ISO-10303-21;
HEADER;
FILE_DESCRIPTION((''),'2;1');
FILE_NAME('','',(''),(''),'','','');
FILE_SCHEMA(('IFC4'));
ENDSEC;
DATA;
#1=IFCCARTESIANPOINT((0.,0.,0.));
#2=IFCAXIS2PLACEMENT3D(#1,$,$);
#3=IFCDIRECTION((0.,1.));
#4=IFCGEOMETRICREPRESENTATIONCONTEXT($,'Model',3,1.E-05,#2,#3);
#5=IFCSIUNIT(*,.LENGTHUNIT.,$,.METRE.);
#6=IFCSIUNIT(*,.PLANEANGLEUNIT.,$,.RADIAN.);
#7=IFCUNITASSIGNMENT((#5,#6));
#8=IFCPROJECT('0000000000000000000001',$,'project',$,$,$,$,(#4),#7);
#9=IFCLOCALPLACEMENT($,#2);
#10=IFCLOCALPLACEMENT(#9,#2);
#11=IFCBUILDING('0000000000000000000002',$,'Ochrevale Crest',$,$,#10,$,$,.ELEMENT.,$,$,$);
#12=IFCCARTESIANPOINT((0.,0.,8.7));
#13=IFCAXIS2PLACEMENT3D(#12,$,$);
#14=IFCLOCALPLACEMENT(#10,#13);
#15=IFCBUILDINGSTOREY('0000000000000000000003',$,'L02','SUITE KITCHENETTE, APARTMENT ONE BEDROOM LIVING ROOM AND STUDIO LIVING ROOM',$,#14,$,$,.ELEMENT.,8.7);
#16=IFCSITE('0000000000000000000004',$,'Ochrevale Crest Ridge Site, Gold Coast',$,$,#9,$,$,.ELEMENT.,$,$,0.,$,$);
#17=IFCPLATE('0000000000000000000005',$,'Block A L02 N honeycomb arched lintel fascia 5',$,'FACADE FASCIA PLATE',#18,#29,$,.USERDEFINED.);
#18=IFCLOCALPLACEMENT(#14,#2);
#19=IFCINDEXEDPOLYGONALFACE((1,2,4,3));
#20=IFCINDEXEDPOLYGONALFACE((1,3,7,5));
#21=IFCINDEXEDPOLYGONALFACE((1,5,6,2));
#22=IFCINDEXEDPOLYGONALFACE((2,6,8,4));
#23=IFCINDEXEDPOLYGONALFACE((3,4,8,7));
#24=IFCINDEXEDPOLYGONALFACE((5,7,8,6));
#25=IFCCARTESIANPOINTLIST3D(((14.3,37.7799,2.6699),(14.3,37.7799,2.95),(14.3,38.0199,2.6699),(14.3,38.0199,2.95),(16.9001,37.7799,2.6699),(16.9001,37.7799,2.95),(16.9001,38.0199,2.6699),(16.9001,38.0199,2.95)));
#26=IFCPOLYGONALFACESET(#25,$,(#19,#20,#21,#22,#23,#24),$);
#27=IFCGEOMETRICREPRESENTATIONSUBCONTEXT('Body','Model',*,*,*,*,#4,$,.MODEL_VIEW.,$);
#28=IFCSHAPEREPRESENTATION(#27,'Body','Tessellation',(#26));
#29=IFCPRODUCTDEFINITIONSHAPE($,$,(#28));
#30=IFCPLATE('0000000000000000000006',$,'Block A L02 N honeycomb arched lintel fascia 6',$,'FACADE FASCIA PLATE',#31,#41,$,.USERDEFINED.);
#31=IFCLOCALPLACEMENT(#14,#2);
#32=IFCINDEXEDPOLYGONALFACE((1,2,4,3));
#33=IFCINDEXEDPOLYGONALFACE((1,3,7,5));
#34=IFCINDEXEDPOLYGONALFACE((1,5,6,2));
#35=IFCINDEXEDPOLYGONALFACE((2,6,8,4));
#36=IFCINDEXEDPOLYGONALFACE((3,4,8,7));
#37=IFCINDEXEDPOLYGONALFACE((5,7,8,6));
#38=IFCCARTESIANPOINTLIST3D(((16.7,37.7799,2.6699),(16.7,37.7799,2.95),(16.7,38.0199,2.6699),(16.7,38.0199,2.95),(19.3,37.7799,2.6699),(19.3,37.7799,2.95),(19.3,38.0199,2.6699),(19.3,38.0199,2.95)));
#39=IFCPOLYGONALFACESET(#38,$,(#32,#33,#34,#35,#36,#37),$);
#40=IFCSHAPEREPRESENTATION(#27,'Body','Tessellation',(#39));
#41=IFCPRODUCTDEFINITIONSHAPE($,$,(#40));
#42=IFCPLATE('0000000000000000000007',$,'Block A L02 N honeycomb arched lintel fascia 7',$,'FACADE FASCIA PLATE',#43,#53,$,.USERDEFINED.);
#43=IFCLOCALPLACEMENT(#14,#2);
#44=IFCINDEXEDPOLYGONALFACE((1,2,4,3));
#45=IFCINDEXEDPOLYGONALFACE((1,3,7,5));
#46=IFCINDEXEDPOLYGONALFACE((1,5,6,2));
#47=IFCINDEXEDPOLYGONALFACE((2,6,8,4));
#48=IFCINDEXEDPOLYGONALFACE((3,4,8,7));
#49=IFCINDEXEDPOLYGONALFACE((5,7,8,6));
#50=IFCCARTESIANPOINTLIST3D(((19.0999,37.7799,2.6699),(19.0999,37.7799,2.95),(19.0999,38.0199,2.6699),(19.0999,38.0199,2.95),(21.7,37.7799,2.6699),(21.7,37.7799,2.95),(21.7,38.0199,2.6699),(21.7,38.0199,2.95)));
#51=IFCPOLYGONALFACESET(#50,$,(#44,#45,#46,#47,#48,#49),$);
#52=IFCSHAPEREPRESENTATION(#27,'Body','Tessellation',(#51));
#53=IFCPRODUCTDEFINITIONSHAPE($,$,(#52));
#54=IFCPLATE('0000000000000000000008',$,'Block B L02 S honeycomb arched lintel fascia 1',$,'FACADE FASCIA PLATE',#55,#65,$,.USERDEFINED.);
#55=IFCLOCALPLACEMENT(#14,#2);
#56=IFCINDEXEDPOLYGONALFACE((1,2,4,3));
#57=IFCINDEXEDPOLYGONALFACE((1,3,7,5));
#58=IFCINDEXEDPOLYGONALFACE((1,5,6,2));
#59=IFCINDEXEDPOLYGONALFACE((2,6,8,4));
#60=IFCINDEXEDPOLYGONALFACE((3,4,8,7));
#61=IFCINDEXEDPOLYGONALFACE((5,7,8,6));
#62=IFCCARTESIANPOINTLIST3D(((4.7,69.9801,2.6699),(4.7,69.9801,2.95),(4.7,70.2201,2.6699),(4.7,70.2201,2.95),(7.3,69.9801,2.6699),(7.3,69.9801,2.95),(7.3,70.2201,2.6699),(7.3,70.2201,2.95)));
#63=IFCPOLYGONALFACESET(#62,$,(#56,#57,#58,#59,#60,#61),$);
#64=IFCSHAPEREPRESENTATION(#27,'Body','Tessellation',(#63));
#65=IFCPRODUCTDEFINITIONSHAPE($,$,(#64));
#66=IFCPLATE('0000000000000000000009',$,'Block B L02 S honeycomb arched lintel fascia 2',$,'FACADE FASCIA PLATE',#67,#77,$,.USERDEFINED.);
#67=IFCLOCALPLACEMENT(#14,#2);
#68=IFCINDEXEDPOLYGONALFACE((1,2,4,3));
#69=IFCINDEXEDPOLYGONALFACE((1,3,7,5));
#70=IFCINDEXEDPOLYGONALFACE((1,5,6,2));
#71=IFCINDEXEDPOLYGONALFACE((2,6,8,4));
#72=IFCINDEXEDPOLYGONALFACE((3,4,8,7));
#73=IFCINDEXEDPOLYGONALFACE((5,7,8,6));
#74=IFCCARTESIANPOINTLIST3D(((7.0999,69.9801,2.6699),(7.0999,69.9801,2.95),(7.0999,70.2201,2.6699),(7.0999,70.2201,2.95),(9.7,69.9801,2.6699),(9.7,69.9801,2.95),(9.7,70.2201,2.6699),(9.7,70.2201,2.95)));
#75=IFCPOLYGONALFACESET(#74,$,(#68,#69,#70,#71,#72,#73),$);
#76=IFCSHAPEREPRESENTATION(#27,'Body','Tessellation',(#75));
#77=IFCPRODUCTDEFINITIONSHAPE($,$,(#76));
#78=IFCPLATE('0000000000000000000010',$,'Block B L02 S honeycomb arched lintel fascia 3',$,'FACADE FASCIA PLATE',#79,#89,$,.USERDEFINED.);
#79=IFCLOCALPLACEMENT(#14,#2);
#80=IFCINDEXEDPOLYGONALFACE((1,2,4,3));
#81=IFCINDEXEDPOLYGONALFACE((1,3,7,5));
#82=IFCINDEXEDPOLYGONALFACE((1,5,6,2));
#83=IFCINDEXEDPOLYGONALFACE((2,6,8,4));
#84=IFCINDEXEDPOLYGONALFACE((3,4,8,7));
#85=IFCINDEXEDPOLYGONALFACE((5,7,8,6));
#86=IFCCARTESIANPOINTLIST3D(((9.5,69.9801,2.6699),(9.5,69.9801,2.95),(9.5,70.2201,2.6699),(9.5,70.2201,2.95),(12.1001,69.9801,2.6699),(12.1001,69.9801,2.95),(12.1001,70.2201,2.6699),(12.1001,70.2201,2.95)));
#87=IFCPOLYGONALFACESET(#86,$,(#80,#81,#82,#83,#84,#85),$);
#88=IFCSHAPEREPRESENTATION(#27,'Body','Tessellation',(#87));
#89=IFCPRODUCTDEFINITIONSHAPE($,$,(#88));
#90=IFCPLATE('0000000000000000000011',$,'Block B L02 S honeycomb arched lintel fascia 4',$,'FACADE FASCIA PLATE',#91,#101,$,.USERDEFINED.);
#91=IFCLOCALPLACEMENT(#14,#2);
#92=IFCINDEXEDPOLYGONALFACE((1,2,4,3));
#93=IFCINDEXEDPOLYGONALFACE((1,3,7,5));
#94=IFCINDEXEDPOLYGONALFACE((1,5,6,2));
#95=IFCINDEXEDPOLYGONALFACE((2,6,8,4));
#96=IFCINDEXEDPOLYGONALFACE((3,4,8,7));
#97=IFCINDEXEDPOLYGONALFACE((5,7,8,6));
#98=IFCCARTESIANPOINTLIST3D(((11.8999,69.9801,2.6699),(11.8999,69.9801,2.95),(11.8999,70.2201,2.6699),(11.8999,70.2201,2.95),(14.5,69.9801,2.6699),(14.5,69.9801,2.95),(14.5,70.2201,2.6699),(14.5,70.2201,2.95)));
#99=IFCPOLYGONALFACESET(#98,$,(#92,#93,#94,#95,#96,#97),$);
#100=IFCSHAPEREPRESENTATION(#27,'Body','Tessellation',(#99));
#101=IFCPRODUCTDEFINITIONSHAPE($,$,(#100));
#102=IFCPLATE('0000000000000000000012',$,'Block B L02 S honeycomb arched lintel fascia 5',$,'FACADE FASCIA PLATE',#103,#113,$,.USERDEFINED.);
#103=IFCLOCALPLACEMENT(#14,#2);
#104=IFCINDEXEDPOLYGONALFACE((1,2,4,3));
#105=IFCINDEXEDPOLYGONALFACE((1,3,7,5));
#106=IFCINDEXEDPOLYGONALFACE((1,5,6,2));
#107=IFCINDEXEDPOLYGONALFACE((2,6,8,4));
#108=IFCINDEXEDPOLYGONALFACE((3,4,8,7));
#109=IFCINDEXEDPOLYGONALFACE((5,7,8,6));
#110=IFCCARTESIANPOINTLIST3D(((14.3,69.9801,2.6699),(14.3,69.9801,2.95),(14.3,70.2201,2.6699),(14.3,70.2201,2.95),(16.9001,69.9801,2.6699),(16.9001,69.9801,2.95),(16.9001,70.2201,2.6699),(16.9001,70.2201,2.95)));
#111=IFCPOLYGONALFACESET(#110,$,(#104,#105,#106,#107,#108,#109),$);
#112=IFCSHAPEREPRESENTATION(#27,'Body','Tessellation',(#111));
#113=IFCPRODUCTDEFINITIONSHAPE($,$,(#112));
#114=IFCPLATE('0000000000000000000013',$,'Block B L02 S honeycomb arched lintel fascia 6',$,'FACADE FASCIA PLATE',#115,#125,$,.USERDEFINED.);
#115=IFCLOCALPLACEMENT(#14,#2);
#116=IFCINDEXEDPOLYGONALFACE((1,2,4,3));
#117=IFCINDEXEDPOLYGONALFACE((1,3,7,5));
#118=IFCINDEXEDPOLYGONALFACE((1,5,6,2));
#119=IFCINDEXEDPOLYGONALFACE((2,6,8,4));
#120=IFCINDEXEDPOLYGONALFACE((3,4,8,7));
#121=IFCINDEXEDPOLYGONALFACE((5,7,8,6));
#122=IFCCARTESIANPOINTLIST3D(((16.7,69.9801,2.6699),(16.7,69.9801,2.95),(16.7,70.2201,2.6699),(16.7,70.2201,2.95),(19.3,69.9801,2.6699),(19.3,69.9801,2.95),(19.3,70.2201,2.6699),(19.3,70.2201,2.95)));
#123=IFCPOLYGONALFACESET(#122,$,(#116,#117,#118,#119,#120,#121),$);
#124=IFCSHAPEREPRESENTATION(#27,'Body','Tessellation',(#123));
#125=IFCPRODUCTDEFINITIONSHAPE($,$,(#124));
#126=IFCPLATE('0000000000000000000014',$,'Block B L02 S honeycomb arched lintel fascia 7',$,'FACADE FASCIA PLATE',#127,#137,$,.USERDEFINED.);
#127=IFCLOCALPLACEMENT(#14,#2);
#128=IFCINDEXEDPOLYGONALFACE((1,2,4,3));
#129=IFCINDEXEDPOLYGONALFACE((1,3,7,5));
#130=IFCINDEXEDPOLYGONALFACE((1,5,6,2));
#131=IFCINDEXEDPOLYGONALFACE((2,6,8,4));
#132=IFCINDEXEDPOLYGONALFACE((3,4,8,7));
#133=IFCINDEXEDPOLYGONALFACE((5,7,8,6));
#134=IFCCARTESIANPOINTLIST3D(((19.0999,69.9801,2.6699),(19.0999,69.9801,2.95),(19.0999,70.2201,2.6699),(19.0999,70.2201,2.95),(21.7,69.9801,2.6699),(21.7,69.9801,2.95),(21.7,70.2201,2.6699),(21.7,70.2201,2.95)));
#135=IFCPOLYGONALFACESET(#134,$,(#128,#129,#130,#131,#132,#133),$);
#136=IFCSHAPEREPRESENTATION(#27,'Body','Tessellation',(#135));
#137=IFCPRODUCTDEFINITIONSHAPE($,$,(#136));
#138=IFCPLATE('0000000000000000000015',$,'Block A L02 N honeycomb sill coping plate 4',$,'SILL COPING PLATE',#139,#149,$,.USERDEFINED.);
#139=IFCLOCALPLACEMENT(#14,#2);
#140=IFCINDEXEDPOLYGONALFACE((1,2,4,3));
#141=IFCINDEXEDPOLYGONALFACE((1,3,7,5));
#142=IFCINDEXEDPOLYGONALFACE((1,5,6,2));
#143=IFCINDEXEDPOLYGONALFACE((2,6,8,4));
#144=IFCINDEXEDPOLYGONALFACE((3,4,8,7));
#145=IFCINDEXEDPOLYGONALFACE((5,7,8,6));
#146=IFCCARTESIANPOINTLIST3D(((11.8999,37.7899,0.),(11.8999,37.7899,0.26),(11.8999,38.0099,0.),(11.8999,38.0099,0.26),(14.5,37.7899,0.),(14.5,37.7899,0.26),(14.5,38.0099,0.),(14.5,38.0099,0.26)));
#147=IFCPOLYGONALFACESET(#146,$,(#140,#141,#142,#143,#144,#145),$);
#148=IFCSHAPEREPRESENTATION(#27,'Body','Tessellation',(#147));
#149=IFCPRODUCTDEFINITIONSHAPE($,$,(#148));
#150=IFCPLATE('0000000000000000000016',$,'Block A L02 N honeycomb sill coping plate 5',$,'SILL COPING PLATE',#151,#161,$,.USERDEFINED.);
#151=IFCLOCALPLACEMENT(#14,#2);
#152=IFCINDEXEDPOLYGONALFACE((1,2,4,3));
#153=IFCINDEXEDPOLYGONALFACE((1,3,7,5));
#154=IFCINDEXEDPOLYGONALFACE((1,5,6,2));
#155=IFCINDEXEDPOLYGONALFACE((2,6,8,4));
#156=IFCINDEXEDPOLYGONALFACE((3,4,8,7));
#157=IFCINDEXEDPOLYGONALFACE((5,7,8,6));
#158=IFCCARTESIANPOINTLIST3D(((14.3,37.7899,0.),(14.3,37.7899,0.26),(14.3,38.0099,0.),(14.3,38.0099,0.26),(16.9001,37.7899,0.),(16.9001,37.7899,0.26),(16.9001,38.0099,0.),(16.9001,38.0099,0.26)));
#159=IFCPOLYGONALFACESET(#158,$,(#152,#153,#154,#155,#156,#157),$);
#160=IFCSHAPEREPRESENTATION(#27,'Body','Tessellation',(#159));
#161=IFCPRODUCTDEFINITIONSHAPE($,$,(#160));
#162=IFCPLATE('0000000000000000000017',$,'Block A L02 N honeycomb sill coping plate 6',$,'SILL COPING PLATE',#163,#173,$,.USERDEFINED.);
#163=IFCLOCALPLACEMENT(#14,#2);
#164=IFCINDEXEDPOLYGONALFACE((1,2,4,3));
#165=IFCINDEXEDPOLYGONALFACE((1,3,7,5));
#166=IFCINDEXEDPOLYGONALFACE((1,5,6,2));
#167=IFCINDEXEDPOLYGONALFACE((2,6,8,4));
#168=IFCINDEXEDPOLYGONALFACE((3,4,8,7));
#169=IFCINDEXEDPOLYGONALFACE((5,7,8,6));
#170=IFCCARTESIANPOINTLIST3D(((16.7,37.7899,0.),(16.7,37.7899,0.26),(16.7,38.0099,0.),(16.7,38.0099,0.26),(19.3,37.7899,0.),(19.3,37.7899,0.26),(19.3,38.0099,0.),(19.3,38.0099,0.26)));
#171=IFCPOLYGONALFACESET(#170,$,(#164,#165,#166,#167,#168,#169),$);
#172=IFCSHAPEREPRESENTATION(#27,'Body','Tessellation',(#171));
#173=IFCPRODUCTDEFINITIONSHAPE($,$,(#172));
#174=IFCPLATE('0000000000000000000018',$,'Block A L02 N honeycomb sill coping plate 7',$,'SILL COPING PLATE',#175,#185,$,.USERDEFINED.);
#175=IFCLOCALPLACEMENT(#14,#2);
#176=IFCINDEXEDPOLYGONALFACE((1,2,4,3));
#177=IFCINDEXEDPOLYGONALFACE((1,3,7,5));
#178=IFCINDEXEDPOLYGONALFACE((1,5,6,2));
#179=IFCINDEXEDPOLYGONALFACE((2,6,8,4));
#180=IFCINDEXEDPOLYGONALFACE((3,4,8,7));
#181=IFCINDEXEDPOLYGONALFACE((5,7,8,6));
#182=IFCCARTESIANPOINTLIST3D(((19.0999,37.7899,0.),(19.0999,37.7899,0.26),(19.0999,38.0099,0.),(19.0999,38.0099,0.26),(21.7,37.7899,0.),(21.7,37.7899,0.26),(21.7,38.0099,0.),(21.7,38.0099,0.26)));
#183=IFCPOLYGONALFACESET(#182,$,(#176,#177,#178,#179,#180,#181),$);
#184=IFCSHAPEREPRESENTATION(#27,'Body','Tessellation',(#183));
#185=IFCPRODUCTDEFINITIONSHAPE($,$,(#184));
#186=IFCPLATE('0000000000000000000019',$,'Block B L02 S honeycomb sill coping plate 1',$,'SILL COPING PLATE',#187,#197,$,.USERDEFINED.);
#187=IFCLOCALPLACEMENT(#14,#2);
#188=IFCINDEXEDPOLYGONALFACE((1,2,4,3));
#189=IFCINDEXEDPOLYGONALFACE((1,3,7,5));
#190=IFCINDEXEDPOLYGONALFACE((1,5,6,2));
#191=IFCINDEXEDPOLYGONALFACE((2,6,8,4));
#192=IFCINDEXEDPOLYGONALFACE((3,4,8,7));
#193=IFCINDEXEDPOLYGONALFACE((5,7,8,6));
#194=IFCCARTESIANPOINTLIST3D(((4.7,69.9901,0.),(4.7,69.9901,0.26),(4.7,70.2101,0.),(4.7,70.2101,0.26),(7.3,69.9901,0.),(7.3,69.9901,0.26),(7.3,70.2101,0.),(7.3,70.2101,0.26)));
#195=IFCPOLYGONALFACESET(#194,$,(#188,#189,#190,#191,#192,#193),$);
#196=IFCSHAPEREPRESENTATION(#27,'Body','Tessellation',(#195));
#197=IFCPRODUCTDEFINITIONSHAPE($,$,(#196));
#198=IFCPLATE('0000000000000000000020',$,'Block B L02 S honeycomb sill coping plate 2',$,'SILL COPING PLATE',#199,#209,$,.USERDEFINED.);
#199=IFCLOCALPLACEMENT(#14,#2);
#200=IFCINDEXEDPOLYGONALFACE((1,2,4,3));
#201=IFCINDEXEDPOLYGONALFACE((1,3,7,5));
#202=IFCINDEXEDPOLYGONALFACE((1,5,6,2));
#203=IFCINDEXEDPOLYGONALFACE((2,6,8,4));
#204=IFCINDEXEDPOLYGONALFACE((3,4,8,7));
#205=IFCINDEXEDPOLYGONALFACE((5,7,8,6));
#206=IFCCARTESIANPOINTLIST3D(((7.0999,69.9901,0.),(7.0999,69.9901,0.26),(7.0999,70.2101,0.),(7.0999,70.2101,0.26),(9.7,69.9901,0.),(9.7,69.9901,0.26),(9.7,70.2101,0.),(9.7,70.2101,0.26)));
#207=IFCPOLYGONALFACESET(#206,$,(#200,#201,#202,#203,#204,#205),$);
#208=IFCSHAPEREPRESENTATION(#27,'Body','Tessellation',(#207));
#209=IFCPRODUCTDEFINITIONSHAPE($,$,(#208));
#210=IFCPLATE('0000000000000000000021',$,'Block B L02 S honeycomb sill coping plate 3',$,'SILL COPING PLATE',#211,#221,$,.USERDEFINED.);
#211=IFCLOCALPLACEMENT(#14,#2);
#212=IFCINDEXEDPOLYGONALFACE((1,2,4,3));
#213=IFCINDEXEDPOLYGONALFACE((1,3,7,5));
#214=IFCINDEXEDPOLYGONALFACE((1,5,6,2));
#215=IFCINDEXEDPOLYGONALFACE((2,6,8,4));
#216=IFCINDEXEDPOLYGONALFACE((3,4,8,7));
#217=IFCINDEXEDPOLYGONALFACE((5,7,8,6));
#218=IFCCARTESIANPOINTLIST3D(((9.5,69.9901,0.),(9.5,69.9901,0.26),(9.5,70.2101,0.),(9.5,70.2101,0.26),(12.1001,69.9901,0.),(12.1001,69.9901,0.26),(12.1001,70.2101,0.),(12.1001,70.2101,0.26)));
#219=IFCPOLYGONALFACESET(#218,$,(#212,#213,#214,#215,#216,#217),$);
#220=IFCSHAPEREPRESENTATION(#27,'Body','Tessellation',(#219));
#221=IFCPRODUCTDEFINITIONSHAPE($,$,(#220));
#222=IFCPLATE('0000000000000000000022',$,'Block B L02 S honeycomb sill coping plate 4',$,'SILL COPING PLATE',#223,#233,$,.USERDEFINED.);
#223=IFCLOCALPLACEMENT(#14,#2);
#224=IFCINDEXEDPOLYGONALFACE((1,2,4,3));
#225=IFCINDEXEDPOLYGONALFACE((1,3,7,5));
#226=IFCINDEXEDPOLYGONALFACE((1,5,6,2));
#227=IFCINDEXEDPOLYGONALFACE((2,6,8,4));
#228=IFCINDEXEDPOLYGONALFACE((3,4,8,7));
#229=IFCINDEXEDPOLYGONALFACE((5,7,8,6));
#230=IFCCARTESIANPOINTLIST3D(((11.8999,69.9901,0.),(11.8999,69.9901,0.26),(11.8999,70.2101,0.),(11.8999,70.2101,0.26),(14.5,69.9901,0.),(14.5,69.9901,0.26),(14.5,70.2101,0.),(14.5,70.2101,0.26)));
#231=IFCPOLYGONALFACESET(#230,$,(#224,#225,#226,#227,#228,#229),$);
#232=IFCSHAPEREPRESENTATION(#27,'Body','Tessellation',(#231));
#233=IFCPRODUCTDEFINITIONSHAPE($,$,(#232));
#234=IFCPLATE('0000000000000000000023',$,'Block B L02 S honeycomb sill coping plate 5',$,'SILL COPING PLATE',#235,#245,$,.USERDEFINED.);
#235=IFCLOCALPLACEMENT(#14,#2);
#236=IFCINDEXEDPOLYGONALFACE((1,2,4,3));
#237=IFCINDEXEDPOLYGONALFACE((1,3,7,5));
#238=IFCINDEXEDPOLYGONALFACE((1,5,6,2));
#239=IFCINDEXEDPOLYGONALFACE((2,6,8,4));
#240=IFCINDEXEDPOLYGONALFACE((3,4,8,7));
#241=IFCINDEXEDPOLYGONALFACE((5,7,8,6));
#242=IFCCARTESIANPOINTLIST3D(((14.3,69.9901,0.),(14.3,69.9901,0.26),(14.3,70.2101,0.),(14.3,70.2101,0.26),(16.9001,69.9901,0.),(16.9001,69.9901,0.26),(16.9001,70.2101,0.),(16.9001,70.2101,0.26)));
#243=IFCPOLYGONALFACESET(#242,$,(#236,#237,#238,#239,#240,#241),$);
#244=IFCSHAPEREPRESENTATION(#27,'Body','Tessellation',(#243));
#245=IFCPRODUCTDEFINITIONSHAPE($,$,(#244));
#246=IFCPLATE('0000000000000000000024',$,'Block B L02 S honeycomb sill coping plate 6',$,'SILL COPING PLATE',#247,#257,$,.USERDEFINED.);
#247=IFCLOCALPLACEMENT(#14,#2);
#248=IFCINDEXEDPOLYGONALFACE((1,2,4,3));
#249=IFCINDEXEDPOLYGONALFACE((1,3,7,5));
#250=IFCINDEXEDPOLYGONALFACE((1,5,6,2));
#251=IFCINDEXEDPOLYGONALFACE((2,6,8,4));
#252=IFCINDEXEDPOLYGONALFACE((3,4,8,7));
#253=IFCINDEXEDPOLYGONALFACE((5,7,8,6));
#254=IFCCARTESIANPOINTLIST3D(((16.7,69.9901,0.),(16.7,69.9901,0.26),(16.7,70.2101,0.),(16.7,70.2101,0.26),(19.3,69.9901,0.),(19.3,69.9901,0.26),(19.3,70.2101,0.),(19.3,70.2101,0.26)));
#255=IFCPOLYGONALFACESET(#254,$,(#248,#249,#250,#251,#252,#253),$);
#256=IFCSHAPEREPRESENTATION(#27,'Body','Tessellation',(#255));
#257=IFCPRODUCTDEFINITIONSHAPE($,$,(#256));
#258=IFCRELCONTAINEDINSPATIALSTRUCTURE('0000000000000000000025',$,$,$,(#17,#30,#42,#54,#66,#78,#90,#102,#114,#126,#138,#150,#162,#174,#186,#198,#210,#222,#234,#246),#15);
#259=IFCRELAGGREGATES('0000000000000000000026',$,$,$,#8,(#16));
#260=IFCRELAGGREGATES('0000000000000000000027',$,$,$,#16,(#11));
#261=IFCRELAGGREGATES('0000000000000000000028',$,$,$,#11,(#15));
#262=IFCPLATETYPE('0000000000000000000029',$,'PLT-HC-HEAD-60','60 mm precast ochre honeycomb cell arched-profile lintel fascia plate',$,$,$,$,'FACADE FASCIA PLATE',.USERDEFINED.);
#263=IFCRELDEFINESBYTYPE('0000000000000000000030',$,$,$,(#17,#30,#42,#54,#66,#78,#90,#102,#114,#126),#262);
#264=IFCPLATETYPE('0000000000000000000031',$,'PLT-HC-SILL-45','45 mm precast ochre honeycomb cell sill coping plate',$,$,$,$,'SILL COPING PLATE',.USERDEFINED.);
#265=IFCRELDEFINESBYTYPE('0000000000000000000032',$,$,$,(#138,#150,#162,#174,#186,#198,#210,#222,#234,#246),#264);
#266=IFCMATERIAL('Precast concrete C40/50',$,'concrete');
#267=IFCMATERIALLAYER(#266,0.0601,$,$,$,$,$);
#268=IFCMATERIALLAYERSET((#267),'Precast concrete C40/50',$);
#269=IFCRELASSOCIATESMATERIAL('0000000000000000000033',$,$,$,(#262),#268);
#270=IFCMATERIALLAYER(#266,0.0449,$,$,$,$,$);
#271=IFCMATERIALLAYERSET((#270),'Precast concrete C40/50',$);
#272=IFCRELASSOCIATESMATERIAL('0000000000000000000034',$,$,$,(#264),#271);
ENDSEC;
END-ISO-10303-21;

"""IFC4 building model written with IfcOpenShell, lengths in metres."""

from ifc_helpers import new_model, si_unit, direction, frame, origin, origin_2d, place, context, subcontext, project, spatial, rectangle, extrude, material, layer, layer_set, type_object, element, save


model = new_model("IFC4")

# Units and contexts
model_context = context("Model", 3, precision=1e-05, world=origin(), true_north=direction((0.0, 1.0)))
body_context = subcontext(model_context, "Body", "Model", "MODEL_VIEW")
ifc_project = project(units=[si_unit("LENGTHUNIT", "METRE"), si_unit("PLANEANGLEUNIT", "RADIAN")], contexts=[model_context])

# Site, building, storey
site_placement = place(None, origin())
site = spatial("IfcSite", under=ifc_project, at=site_placement, Name="Ochrevale Crest Ridge Site, Gold Coast", CompositionType="ELEMENT", RefElevation=0.0)
building_placement = place(site_placement, origin())
building = spatial("IfcBuilding", under=site, at=building_placement, Name="Ochrevale Crest", CompositionType="ELEMENT")
storey_placement = place(building_placement, frame((0.0, 0.0, 8.7)))
storey = spatial("IfcBuildingStorey", under=building, at=storey_placement, Name="L02", Description="SUITE KITCHENETTE, APARTMENT ONE BEDROOM LIVING ROOM AND STUDIO LIVING ROOM", CompositionType="ELEMENT", Elevation=8.7)

# Plates
ifc_material_1 = material(Name="Precast concrete C40/50", Category="concrete")
ifc_layer_1 = layer(ifc_material_1, 0.0601)
ifc_layer_set_1 = layer_set([ifc_layer_1], Name="Precast concrete C40/50")
plate_type_1 = type_object("IfcPlateType", Name="PLT-HC-HEAD-60", Description="60 mm precast ochre honeycomb cell arched-profile lintel fascia plate", ElementType="FACADE FASCIA PLATE", PredefinedType="USERDEFINED", material=ifc_layer_set_1)
for number, where, z_axis, x_axis, name in (
    (1, (15.6001, 37.8999, 2.6699), (0.0, 0.0, 1.0), (1.0, 0.0, 0.0), "Block A L02 N honeycomb arched lintel fascia 5"),
    (2, (18.0, 37.8999, 2.6699), (0.0, 0.0, 1.0), (1.0, 0.0, 0.0), "Block A L02 N honeycomb arched lintel fascia 6"),
    (3, (20.3999, 37.8999, 2.6699), (0.0, 0.0, 1.0), (1.0, 0.0, 0.0), "Block A L02 N honeycomb arched lintel fascia 7"),
    (4, (6.0, 70.1001, 2.6699), (0.0, 0.0, 1.0), (1.0, 0.0, 0.0), "Block B L02 S honeycomb arched lintel fascia 1"),
    (5, (8.3999, 70.1001, 2.6699), (0.0, 0.0, 1.0), (1.0, 0.0, 0.0), "Block B L02 S honeycomb arched lintel fascia 2"),
    (6, (10.8, 70.1001, 2.6699), (0.0, 0.0, 1.0), (1.0, 0.0, 0.0), "Block B L02 S honeycomb arched lintel fascia 3"),
    (7, (13.2, 70.1001, 2.6699), (0.0, 0.0, 1.0), (1.0, 0.0, 0.0), "Block B L02 S honeycomb arched lintel fascia 4"),
    (8, (15.6001, 70.1001, 2.6699), (0.0, 0.0, 1.0), (1.0, 0.0, 0.0), "Block B L02 S honeycomb arched lintel fascia 5"),
    (9, (18.0, 70.1001, 2.6699), (0.0, 0.0, 1.0), (1.0, 0.0, 0.0), "Block B L02 S honeycomb arched lintel fascia 6"),
    (10, (20.3999, 70.1001, 2.6699), (0.0, 0.0, 1.0), (1.0, 0.0, 0.0), "Block B L02 S honeycomb arched lintel fascia 7"),
):
    element("IfcPlate", number, at=place(storey_placement, frame(where, z_axis=z_axis, x_axis=x_axis)), inside=storey, type_object=plate_type_1, Name=name, ObjectType="FACADE FASCIA PLATE", PredefinedType="USERDEFINED", context=body_context, shape_type="SweptSolid", body=[
        extrude(rectangle(XDim=2.6001, YDim=0.24, at=origin_2d()), origin(), (0.0, 0.0, 1.0), 0.28),
    ])
ifc_layer_2 = layer(ifc_material_1, 0.0449)
ifc_layer_set_2 = layer_set([ifc_layer_2], Name="Precast concrete C40/50")
plate_type_2 = type_object("IfcPlateType", Name="PLT-HC-SILL-45", Description="45 mm precast ochre honeycomb cell sill coping plate", ElementType="SILL COPING PLATE", PredefinedType="USERDEFINED", material=ifc_layer_set_2)
for number, where, z_axis, x_axis, name in (
    (11, (13.2, 37.8999, 0.0), (0.0, 0.0, 1.0), (1.0, 0.0, 0.0), "Block A L02 N honeycomb sill coping plate 4"),
    (12, (15.6001, 37.8999, 0.0), (0.0, 0.0, 1.0), (1.0, 0.0, 0.0), "Block A L02 N honeycomb sill coping plate 5"),
    (13, (18.0, 37.8999, 0.0), (0.0, 0.0, 1.0), (1.0, 0.0, 0.0), "Block A L02 N honeycomb sill coping plate 6"),
    (14, (20.3999, 37.8999, 0.0), (0.0, 0.0, 1.0), (1.0, 0.0, 0.0), "Block A L02 N honeycomb sill coping plate 7"),
    (15, (6.0, 70.1001, 0.0), (0.0, 0.0, 1.0), (1.0, 0.0, 0.0), "Block B L02 S honeycomb sill coping plate 1"),
    (16, (8.3999, 70.1001, 0.0), (0.0, 0.0, 1.0), (1.0, 0.0, 0.0), "Block B L02 S honeycomb sill coping plate 2"),
    (17, (10.8, 70.1001, 0.0), (0.0, 0.0, 1.0), (1.0, 0.0, 0.0), "Block B L02 S honeycomb sill coping plate 3"),
    (18, (13.2, 70.1001, 0.0), (0.0, 0.0, 1.0), (1.0, 0.0, 0.0), "Block B L02 S honeycomb sill coping plate 4"),
    (19, (15.6001, 70.1001, 0.0), (0.0, 0.0, 1.0), (1.0, 0.0, 0.0), "Block B L02 S honeycomb sill coping plate 5"),
    (20, (18.0, 70.1001, 0.0), (0.0, 0.0, 1.0), (1.0, 0.0, 0.0), "Block B L02 S honeycomb sill coping plate 6"),
):
    element("IfcPlate", number, at=place(storey_placement, frame(where, z_axis=z_axis, x_axis=x_axis)), inside=storey, type_object=plate_type_2, Name=name, ObjectType="SILL COPING PLATE", PredefinedType="USERDEFINED", context=body_context, shape_type="SweptSolid", body=[
        extrude(rectangle(XDim=2.6001, YDim=0.22, at=origin_2d()), origin(), (0.0, 0.0, 1.0), 0.26),
    ])

save(model, "model.ifc")
